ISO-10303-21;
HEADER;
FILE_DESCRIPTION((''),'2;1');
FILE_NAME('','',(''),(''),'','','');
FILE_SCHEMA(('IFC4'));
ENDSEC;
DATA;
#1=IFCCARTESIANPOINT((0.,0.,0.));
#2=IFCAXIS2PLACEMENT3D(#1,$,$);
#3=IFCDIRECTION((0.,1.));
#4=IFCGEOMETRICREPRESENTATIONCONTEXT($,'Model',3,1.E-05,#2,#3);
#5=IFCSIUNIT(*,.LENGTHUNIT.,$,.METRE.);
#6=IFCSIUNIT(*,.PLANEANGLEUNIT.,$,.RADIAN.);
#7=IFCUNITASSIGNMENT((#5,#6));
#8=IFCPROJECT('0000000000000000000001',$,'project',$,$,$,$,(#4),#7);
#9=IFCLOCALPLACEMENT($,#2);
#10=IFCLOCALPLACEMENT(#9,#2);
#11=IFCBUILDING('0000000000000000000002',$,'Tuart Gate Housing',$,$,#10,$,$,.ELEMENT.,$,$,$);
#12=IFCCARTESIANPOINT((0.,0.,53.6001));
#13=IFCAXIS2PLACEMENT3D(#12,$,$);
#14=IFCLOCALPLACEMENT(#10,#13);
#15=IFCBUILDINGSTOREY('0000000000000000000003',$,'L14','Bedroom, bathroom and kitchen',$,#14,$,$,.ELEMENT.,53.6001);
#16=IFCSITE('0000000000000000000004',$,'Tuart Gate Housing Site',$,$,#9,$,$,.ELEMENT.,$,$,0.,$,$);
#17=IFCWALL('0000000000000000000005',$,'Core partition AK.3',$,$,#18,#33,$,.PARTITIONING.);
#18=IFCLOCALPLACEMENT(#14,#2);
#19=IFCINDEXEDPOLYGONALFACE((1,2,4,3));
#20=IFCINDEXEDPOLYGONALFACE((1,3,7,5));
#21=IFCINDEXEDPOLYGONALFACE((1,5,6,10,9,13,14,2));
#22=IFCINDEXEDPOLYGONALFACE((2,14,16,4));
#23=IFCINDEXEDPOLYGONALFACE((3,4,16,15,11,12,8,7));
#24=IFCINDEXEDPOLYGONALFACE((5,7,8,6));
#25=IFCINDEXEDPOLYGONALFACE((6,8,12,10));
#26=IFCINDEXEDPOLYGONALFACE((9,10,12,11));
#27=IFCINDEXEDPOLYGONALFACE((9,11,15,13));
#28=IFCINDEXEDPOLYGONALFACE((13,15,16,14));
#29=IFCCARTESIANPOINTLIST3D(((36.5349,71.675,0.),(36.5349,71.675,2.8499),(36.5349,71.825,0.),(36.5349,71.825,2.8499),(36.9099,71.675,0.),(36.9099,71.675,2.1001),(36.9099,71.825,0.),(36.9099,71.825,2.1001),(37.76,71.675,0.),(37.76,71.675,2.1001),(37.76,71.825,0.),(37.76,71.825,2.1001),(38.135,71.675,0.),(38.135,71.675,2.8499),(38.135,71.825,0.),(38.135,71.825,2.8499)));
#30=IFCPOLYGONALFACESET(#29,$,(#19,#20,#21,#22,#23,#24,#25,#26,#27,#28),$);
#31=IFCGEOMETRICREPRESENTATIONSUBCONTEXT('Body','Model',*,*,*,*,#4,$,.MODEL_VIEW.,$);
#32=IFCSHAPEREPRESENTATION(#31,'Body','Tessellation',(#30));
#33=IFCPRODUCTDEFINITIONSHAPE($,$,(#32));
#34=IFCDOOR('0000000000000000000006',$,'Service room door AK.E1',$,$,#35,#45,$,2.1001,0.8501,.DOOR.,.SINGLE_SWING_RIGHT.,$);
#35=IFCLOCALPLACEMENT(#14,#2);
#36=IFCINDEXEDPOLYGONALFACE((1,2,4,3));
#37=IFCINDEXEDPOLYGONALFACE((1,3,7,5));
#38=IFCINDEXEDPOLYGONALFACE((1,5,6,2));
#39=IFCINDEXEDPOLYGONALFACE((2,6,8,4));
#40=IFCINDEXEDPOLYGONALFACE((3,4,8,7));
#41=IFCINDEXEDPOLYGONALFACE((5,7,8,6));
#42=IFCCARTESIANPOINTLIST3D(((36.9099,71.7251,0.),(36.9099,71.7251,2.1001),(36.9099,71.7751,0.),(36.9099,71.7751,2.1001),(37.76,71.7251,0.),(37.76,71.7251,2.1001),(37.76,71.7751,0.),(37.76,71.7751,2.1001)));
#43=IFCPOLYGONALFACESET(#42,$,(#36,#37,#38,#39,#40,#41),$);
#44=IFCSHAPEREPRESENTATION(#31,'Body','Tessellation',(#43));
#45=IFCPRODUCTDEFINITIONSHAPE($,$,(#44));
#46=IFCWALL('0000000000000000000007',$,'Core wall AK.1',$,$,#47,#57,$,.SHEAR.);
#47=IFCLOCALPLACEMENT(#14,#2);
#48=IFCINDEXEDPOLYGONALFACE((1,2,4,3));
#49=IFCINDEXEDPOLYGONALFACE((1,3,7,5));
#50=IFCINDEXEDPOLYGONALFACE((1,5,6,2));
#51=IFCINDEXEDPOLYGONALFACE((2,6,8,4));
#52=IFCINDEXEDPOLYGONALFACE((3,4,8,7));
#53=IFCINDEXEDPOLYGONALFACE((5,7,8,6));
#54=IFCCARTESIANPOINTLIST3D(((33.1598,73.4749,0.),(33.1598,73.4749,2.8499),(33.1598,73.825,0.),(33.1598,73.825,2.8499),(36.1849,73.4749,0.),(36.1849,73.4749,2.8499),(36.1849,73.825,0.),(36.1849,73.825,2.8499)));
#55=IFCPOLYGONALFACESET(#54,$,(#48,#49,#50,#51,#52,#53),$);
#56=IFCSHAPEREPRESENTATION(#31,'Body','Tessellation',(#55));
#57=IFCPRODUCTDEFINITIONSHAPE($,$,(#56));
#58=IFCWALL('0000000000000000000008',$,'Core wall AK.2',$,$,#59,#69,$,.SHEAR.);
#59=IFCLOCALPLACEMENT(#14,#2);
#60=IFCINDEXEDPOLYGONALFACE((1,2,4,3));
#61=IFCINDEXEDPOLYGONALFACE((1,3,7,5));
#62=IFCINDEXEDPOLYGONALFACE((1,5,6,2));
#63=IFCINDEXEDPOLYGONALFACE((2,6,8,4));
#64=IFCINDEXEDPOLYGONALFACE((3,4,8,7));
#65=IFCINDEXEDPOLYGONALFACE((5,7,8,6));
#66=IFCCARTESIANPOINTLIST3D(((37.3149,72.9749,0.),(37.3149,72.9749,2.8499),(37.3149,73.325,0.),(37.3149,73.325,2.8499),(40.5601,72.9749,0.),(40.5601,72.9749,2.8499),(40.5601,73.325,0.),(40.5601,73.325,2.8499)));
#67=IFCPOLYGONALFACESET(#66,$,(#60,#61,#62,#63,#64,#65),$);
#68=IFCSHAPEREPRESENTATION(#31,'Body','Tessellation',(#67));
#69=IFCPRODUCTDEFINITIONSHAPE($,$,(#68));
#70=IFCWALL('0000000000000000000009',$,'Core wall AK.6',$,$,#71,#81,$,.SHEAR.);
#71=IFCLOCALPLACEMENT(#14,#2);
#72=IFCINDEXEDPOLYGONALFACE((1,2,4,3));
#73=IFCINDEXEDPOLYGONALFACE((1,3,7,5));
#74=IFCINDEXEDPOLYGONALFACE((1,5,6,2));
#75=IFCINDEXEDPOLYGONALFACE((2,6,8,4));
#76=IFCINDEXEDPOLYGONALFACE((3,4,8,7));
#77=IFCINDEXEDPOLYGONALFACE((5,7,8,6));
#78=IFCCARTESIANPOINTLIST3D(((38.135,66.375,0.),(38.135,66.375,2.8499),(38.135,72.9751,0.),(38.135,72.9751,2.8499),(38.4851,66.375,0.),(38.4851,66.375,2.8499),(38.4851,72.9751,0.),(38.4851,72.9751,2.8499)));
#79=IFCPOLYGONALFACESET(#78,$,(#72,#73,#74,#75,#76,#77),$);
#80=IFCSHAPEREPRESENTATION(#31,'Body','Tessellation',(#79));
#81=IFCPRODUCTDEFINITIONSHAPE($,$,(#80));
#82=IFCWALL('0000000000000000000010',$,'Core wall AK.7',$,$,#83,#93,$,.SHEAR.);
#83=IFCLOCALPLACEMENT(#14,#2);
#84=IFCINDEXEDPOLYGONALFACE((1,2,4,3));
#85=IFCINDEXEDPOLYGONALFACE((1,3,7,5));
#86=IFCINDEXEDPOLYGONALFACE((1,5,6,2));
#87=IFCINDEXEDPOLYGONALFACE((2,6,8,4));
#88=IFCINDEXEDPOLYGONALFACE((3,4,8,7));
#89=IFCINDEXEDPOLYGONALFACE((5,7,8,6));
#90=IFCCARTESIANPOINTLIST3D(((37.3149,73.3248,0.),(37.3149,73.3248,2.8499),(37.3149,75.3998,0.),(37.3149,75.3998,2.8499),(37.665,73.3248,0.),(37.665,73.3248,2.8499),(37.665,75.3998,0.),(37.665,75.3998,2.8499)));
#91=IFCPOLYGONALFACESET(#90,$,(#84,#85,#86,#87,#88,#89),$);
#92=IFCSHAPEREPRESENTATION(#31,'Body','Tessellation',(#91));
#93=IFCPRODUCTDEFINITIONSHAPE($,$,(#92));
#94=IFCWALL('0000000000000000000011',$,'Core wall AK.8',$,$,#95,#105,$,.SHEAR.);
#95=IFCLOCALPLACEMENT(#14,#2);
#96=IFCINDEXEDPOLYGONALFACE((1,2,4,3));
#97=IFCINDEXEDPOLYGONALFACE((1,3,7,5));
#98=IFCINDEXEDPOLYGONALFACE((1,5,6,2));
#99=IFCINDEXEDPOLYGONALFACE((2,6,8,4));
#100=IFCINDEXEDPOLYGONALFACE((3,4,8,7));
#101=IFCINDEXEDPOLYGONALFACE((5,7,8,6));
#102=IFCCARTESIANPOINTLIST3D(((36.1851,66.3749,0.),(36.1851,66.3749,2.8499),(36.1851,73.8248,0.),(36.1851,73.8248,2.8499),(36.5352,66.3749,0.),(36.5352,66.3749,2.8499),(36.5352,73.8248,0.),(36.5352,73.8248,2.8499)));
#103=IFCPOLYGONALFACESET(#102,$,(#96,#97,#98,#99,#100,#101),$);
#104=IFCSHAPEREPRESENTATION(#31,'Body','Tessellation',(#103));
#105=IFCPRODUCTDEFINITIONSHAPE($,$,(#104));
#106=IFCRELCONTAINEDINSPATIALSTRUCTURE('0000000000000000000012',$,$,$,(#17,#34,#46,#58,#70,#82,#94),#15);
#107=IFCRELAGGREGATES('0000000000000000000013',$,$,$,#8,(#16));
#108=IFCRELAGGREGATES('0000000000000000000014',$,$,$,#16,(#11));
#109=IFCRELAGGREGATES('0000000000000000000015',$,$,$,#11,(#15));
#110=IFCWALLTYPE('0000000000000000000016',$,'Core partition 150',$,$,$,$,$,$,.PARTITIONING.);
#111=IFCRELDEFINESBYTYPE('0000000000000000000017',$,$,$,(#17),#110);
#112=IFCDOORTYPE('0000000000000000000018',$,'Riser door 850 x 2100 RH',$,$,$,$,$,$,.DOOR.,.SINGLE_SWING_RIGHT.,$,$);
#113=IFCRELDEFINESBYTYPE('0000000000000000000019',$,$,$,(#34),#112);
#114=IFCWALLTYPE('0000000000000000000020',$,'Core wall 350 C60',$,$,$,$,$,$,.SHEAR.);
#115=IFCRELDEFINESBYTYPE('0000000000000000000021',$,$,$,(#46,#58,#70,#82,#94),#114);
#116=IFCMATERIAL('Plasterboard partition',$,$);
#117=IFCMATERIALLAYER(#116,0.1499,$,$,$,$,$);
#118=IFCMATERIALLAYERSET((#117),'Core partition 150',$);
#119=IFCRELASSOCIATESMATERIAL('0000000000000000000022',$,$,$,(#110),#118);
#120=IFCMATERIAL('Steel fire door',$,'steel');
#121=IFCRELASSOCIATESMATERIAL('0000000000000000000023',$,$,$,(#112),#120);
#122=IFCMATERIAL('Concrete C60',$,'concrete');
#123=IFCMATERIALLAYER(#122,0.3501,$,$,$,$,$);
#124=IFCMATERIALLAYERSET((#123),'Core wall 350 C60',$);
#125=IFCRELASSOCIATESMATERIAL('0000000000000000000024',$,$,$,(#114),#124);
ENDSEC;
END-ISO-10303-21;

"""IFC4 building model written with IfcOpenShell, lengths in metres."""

from ifc_helpers import new_model, si_unit, direction, frame, frame_2d, origin, place, context, subcontext, project, spatial, rectangle, extrude, material, layer, layer_set, type_object, element, fill, save


model = new_model("IFC4")

# Units and contexts
model_context = context("Model", 3, precision=1e-05, world=origin(), true_north=direction((0.0, 1.0)))
body_context = subcontext(model_context, "Body", "Model", "MODEL_VIEW")
ifc_project = project(units=[si_unit("LENGTHUNIT", "METRE"), si_unit("PLANEANGLEUNIT", "RADIAN")], contexts=[model_context])

# Site, building, storey
site_placement = place(None, origin())
site = spatial("IfcSite", under=ifc_project, at=site_placement, Name="Tuart Gate Housing Site", CompositionType="ELEMENT", RefElevation=0.0)
building_placement = place(site_placement, origin())
building = spatial("IfcBuilding", under=site, at=building_placement, Name="Tuart Gate Housing", CompositionType="ELEMENT")
storey_placement = place(building_placement, frame((0.0, 0.0, 53.6001)))
storey = spatial("IfcBuildingStorey", under=building, at=storey_placement, Name="L14", Description="Bedroom, bathroom and kitchen", CompositionType="ELEMENT", Elevation=53.6001)

# Wall, opening, door
ifc_material_1 = material(Name="Plasterboard partition")
ifc_layer_1 = layer(ifc_material_1, 0.1499)
ifc_layer_set_1 = layer_set([ifc_layer_1], Name="Core partition 150")
wall_type_1 = type_object("IfcWallType", Name="Core partition 150", PredefinedType="PARTITIONING", material=ifc_layer_set_1)
wall_1_placement = place(storey_placement, frame((38.135, 71.75, 0.0), z_axis=(0.0, 0.0, 1.0), x_axis=(-1.0, 0.0, 0.0)))
wall_1 = element("IfcWall", 1, at=wall_1_placement, inside=storey, type_object=wall_type_1, Name="Core partition AK.3", PredefinedType="PARTITIONING", context=body_context, shape_type="SweptSolid", body=[
    extrude(rectangle(XDim=1.6001, YDim=0.1499, at=frame_2d((0.8, 0.0))), origin(), (0.0, 0.0, 1.0), 2.8499),
])
opening_1_placement = place(wall_1_placement, frame((0.375, 0.0, 0.0)))
opening_1 = element("IfcOpeningElement", 2, at=opening_1_placement, cuts=wall_1, PredefinedType="OPENING", context=body_context, shape_type="SweptSolid", body=[
    extrude(rectangle(XDim=0.8501, YDim=2.1001, at=frame_2d((0.425, 1.05))), frame((0.0, 0.085, 0.0), z_axis=(0.0, -1.0, 0.0), x_axis=(1.0, 0.0, 0.0)), (0.0, 0.0, 1.0), 0.1699),
])
ifc_material_2 = material(Name="Steel fire door", Category="steel")
door_type_1 = type_object("IfcDoorType", Name="Riser door 850 x 2100 RH", OperationType="SINGLE_SWING_RIGHT", PredefinedType="DOOR", material=ifc_material_2)
door_1_placement = place(opening_1_placement, frame((0.8501, 0.0, 0.0), z_axis=(0.0, 0.0, 1.0), x_axis=(-1.0, 0.0, 0.0)))
door_1 = element("IfcDoor", 3, at=door_1_placement, inside=storey, type_object=door_type_1, Name="Service room door AK.E1", OperationType="SINGLE_SWING_RIGHT", OverallHeight=2.1001, OverallWidth=0.8501, PredefinedType="DOOR", context=body_context, shape_type="SweptSolid", body=[
    extrude(rectangle(XDim=0.8501, YDim=2.1001, at=frame_2d((0.425, 1.05))), frame((0.0, 0.0251, 0.0), z_axis=(0.0, -1.0, 0.0), x_axis=(1.0, 0.0, 0.0)), (0.0, 0.0, 1.0), 0.05),
])
fill(opening_1, door_1)

# Walls
ifc_material_3 = material(Name="Concrete C60", Category="concrete")
ifc_layer_2 = layer(ifc_material_3, 0.3501)
ifc_layer_set_2 = layer_set([ifc_layer_2], Name="Core wall 350 C60")
wall_type_2 = type_object("IfcWallType", Name="Core wall 350 C60", PredefinedType="SHEAR", material=ifc_layer_set_2)
wall_2_placement = place(storey_placement, frame((36.1851, 73.6499, 0.0), z_axis=(0.0, 0.0, 1.0), x_axis=(-1.0, 0.0, 0.0)))
element("IfcWall", 4, at=wall_2_placement, inside=storey, type_object=wall_type_2, Name="Core wall AK.1", PredefinedType="SHEAR", context=body_context, shape_type="SweptSolid", body=[
    extrude(rectangle(XDim=3.0251, YDim=0.3501, at=frame_2d((1.5127, 0.0))), origin(), (0.0, 0.0, 1.0), 2.8499),
])
wall_3_placement = place(storey_placement, frame((40.5601, 73.1499, 0.0), z_axis=(0.0, 0.0, 1.0), x_axis=(-1.0, 0.0, 0.0)))
element("IfcWall", 5, at=wall_3_placement, inside=storey, type_object=wall_type_2, Name="Core wall AK.2", PredefinedType="SHEAR", context=body_context, shape_type="SweptSolid", body=[
    extrude(rectangle(XDim=3.2451, YDim=0.3501, at=frame_2d((1.6226, 0.0))), origin(), (0.0, 0.0, 1.0), 2.8499),
])
wall_4_placement = place(storey_placement, frame((38.3101, 72.9751, 0.0), z_axis=(0.0, 0.0, 1.0), x_axis=(0.0, -1.0, 0.0)))
element("IfcWall", 6, at=wall_4_placement, inside=storey, type_object=wall_type_2, Name="Core wall AK.6", PredefinedType="SHEAR", context=body_context, shape_type="SweptSolid", body=[
    extrude(rectangle(XDim=6.6001, YDim=0.3501, at=frame_2d((3.3, 0.0))), origin(), (0.0, 0.0, 1.0), 2.8499),
])
wall_5_placement = place(storey_placement, frame((37.49, 75.3999, 0.0), z_axis=(0.0, 0.0, 1.0), x_axis=(0.0, -1.0, 0.0)))
element("IfcWall", 7, at=wall_5_placement, inside=storey, type_object=wall_type_2, Name="Core wall AK.7", PredefinedType="SHEAR", context=body_context, shape_type="SweptSolid", body=[
    extrude(rectangle(XDim=2.075, YDim=0.3501, at=frame_2d((1.0376, 0.0))), origin(), (0.0, 0.0, 1.0), 2.8499),
])
wall_6_placement = place(storey_placement, frame((36.3601, 73.825, 0.0), z_axis=(0.0, 0.0, 1.0), x_axis=(0.0, -1.0, 0.0)))
element("IfcWall", 8, at=wall_6_placement, inside=storey, type_object=wall_type_2, Name="Core wall AK.8", PredefinedType="SHEAR", context=body_context, shape_type="SweptSolid", body=[
    extrude(rectangle(XDim=7.45, YDim=0.3501, at=frame_2d((3.7251, 0.0))), origin(), (0.0, 0.0, 1.0), 2.8499),
])

save(model, "model.ifc")
